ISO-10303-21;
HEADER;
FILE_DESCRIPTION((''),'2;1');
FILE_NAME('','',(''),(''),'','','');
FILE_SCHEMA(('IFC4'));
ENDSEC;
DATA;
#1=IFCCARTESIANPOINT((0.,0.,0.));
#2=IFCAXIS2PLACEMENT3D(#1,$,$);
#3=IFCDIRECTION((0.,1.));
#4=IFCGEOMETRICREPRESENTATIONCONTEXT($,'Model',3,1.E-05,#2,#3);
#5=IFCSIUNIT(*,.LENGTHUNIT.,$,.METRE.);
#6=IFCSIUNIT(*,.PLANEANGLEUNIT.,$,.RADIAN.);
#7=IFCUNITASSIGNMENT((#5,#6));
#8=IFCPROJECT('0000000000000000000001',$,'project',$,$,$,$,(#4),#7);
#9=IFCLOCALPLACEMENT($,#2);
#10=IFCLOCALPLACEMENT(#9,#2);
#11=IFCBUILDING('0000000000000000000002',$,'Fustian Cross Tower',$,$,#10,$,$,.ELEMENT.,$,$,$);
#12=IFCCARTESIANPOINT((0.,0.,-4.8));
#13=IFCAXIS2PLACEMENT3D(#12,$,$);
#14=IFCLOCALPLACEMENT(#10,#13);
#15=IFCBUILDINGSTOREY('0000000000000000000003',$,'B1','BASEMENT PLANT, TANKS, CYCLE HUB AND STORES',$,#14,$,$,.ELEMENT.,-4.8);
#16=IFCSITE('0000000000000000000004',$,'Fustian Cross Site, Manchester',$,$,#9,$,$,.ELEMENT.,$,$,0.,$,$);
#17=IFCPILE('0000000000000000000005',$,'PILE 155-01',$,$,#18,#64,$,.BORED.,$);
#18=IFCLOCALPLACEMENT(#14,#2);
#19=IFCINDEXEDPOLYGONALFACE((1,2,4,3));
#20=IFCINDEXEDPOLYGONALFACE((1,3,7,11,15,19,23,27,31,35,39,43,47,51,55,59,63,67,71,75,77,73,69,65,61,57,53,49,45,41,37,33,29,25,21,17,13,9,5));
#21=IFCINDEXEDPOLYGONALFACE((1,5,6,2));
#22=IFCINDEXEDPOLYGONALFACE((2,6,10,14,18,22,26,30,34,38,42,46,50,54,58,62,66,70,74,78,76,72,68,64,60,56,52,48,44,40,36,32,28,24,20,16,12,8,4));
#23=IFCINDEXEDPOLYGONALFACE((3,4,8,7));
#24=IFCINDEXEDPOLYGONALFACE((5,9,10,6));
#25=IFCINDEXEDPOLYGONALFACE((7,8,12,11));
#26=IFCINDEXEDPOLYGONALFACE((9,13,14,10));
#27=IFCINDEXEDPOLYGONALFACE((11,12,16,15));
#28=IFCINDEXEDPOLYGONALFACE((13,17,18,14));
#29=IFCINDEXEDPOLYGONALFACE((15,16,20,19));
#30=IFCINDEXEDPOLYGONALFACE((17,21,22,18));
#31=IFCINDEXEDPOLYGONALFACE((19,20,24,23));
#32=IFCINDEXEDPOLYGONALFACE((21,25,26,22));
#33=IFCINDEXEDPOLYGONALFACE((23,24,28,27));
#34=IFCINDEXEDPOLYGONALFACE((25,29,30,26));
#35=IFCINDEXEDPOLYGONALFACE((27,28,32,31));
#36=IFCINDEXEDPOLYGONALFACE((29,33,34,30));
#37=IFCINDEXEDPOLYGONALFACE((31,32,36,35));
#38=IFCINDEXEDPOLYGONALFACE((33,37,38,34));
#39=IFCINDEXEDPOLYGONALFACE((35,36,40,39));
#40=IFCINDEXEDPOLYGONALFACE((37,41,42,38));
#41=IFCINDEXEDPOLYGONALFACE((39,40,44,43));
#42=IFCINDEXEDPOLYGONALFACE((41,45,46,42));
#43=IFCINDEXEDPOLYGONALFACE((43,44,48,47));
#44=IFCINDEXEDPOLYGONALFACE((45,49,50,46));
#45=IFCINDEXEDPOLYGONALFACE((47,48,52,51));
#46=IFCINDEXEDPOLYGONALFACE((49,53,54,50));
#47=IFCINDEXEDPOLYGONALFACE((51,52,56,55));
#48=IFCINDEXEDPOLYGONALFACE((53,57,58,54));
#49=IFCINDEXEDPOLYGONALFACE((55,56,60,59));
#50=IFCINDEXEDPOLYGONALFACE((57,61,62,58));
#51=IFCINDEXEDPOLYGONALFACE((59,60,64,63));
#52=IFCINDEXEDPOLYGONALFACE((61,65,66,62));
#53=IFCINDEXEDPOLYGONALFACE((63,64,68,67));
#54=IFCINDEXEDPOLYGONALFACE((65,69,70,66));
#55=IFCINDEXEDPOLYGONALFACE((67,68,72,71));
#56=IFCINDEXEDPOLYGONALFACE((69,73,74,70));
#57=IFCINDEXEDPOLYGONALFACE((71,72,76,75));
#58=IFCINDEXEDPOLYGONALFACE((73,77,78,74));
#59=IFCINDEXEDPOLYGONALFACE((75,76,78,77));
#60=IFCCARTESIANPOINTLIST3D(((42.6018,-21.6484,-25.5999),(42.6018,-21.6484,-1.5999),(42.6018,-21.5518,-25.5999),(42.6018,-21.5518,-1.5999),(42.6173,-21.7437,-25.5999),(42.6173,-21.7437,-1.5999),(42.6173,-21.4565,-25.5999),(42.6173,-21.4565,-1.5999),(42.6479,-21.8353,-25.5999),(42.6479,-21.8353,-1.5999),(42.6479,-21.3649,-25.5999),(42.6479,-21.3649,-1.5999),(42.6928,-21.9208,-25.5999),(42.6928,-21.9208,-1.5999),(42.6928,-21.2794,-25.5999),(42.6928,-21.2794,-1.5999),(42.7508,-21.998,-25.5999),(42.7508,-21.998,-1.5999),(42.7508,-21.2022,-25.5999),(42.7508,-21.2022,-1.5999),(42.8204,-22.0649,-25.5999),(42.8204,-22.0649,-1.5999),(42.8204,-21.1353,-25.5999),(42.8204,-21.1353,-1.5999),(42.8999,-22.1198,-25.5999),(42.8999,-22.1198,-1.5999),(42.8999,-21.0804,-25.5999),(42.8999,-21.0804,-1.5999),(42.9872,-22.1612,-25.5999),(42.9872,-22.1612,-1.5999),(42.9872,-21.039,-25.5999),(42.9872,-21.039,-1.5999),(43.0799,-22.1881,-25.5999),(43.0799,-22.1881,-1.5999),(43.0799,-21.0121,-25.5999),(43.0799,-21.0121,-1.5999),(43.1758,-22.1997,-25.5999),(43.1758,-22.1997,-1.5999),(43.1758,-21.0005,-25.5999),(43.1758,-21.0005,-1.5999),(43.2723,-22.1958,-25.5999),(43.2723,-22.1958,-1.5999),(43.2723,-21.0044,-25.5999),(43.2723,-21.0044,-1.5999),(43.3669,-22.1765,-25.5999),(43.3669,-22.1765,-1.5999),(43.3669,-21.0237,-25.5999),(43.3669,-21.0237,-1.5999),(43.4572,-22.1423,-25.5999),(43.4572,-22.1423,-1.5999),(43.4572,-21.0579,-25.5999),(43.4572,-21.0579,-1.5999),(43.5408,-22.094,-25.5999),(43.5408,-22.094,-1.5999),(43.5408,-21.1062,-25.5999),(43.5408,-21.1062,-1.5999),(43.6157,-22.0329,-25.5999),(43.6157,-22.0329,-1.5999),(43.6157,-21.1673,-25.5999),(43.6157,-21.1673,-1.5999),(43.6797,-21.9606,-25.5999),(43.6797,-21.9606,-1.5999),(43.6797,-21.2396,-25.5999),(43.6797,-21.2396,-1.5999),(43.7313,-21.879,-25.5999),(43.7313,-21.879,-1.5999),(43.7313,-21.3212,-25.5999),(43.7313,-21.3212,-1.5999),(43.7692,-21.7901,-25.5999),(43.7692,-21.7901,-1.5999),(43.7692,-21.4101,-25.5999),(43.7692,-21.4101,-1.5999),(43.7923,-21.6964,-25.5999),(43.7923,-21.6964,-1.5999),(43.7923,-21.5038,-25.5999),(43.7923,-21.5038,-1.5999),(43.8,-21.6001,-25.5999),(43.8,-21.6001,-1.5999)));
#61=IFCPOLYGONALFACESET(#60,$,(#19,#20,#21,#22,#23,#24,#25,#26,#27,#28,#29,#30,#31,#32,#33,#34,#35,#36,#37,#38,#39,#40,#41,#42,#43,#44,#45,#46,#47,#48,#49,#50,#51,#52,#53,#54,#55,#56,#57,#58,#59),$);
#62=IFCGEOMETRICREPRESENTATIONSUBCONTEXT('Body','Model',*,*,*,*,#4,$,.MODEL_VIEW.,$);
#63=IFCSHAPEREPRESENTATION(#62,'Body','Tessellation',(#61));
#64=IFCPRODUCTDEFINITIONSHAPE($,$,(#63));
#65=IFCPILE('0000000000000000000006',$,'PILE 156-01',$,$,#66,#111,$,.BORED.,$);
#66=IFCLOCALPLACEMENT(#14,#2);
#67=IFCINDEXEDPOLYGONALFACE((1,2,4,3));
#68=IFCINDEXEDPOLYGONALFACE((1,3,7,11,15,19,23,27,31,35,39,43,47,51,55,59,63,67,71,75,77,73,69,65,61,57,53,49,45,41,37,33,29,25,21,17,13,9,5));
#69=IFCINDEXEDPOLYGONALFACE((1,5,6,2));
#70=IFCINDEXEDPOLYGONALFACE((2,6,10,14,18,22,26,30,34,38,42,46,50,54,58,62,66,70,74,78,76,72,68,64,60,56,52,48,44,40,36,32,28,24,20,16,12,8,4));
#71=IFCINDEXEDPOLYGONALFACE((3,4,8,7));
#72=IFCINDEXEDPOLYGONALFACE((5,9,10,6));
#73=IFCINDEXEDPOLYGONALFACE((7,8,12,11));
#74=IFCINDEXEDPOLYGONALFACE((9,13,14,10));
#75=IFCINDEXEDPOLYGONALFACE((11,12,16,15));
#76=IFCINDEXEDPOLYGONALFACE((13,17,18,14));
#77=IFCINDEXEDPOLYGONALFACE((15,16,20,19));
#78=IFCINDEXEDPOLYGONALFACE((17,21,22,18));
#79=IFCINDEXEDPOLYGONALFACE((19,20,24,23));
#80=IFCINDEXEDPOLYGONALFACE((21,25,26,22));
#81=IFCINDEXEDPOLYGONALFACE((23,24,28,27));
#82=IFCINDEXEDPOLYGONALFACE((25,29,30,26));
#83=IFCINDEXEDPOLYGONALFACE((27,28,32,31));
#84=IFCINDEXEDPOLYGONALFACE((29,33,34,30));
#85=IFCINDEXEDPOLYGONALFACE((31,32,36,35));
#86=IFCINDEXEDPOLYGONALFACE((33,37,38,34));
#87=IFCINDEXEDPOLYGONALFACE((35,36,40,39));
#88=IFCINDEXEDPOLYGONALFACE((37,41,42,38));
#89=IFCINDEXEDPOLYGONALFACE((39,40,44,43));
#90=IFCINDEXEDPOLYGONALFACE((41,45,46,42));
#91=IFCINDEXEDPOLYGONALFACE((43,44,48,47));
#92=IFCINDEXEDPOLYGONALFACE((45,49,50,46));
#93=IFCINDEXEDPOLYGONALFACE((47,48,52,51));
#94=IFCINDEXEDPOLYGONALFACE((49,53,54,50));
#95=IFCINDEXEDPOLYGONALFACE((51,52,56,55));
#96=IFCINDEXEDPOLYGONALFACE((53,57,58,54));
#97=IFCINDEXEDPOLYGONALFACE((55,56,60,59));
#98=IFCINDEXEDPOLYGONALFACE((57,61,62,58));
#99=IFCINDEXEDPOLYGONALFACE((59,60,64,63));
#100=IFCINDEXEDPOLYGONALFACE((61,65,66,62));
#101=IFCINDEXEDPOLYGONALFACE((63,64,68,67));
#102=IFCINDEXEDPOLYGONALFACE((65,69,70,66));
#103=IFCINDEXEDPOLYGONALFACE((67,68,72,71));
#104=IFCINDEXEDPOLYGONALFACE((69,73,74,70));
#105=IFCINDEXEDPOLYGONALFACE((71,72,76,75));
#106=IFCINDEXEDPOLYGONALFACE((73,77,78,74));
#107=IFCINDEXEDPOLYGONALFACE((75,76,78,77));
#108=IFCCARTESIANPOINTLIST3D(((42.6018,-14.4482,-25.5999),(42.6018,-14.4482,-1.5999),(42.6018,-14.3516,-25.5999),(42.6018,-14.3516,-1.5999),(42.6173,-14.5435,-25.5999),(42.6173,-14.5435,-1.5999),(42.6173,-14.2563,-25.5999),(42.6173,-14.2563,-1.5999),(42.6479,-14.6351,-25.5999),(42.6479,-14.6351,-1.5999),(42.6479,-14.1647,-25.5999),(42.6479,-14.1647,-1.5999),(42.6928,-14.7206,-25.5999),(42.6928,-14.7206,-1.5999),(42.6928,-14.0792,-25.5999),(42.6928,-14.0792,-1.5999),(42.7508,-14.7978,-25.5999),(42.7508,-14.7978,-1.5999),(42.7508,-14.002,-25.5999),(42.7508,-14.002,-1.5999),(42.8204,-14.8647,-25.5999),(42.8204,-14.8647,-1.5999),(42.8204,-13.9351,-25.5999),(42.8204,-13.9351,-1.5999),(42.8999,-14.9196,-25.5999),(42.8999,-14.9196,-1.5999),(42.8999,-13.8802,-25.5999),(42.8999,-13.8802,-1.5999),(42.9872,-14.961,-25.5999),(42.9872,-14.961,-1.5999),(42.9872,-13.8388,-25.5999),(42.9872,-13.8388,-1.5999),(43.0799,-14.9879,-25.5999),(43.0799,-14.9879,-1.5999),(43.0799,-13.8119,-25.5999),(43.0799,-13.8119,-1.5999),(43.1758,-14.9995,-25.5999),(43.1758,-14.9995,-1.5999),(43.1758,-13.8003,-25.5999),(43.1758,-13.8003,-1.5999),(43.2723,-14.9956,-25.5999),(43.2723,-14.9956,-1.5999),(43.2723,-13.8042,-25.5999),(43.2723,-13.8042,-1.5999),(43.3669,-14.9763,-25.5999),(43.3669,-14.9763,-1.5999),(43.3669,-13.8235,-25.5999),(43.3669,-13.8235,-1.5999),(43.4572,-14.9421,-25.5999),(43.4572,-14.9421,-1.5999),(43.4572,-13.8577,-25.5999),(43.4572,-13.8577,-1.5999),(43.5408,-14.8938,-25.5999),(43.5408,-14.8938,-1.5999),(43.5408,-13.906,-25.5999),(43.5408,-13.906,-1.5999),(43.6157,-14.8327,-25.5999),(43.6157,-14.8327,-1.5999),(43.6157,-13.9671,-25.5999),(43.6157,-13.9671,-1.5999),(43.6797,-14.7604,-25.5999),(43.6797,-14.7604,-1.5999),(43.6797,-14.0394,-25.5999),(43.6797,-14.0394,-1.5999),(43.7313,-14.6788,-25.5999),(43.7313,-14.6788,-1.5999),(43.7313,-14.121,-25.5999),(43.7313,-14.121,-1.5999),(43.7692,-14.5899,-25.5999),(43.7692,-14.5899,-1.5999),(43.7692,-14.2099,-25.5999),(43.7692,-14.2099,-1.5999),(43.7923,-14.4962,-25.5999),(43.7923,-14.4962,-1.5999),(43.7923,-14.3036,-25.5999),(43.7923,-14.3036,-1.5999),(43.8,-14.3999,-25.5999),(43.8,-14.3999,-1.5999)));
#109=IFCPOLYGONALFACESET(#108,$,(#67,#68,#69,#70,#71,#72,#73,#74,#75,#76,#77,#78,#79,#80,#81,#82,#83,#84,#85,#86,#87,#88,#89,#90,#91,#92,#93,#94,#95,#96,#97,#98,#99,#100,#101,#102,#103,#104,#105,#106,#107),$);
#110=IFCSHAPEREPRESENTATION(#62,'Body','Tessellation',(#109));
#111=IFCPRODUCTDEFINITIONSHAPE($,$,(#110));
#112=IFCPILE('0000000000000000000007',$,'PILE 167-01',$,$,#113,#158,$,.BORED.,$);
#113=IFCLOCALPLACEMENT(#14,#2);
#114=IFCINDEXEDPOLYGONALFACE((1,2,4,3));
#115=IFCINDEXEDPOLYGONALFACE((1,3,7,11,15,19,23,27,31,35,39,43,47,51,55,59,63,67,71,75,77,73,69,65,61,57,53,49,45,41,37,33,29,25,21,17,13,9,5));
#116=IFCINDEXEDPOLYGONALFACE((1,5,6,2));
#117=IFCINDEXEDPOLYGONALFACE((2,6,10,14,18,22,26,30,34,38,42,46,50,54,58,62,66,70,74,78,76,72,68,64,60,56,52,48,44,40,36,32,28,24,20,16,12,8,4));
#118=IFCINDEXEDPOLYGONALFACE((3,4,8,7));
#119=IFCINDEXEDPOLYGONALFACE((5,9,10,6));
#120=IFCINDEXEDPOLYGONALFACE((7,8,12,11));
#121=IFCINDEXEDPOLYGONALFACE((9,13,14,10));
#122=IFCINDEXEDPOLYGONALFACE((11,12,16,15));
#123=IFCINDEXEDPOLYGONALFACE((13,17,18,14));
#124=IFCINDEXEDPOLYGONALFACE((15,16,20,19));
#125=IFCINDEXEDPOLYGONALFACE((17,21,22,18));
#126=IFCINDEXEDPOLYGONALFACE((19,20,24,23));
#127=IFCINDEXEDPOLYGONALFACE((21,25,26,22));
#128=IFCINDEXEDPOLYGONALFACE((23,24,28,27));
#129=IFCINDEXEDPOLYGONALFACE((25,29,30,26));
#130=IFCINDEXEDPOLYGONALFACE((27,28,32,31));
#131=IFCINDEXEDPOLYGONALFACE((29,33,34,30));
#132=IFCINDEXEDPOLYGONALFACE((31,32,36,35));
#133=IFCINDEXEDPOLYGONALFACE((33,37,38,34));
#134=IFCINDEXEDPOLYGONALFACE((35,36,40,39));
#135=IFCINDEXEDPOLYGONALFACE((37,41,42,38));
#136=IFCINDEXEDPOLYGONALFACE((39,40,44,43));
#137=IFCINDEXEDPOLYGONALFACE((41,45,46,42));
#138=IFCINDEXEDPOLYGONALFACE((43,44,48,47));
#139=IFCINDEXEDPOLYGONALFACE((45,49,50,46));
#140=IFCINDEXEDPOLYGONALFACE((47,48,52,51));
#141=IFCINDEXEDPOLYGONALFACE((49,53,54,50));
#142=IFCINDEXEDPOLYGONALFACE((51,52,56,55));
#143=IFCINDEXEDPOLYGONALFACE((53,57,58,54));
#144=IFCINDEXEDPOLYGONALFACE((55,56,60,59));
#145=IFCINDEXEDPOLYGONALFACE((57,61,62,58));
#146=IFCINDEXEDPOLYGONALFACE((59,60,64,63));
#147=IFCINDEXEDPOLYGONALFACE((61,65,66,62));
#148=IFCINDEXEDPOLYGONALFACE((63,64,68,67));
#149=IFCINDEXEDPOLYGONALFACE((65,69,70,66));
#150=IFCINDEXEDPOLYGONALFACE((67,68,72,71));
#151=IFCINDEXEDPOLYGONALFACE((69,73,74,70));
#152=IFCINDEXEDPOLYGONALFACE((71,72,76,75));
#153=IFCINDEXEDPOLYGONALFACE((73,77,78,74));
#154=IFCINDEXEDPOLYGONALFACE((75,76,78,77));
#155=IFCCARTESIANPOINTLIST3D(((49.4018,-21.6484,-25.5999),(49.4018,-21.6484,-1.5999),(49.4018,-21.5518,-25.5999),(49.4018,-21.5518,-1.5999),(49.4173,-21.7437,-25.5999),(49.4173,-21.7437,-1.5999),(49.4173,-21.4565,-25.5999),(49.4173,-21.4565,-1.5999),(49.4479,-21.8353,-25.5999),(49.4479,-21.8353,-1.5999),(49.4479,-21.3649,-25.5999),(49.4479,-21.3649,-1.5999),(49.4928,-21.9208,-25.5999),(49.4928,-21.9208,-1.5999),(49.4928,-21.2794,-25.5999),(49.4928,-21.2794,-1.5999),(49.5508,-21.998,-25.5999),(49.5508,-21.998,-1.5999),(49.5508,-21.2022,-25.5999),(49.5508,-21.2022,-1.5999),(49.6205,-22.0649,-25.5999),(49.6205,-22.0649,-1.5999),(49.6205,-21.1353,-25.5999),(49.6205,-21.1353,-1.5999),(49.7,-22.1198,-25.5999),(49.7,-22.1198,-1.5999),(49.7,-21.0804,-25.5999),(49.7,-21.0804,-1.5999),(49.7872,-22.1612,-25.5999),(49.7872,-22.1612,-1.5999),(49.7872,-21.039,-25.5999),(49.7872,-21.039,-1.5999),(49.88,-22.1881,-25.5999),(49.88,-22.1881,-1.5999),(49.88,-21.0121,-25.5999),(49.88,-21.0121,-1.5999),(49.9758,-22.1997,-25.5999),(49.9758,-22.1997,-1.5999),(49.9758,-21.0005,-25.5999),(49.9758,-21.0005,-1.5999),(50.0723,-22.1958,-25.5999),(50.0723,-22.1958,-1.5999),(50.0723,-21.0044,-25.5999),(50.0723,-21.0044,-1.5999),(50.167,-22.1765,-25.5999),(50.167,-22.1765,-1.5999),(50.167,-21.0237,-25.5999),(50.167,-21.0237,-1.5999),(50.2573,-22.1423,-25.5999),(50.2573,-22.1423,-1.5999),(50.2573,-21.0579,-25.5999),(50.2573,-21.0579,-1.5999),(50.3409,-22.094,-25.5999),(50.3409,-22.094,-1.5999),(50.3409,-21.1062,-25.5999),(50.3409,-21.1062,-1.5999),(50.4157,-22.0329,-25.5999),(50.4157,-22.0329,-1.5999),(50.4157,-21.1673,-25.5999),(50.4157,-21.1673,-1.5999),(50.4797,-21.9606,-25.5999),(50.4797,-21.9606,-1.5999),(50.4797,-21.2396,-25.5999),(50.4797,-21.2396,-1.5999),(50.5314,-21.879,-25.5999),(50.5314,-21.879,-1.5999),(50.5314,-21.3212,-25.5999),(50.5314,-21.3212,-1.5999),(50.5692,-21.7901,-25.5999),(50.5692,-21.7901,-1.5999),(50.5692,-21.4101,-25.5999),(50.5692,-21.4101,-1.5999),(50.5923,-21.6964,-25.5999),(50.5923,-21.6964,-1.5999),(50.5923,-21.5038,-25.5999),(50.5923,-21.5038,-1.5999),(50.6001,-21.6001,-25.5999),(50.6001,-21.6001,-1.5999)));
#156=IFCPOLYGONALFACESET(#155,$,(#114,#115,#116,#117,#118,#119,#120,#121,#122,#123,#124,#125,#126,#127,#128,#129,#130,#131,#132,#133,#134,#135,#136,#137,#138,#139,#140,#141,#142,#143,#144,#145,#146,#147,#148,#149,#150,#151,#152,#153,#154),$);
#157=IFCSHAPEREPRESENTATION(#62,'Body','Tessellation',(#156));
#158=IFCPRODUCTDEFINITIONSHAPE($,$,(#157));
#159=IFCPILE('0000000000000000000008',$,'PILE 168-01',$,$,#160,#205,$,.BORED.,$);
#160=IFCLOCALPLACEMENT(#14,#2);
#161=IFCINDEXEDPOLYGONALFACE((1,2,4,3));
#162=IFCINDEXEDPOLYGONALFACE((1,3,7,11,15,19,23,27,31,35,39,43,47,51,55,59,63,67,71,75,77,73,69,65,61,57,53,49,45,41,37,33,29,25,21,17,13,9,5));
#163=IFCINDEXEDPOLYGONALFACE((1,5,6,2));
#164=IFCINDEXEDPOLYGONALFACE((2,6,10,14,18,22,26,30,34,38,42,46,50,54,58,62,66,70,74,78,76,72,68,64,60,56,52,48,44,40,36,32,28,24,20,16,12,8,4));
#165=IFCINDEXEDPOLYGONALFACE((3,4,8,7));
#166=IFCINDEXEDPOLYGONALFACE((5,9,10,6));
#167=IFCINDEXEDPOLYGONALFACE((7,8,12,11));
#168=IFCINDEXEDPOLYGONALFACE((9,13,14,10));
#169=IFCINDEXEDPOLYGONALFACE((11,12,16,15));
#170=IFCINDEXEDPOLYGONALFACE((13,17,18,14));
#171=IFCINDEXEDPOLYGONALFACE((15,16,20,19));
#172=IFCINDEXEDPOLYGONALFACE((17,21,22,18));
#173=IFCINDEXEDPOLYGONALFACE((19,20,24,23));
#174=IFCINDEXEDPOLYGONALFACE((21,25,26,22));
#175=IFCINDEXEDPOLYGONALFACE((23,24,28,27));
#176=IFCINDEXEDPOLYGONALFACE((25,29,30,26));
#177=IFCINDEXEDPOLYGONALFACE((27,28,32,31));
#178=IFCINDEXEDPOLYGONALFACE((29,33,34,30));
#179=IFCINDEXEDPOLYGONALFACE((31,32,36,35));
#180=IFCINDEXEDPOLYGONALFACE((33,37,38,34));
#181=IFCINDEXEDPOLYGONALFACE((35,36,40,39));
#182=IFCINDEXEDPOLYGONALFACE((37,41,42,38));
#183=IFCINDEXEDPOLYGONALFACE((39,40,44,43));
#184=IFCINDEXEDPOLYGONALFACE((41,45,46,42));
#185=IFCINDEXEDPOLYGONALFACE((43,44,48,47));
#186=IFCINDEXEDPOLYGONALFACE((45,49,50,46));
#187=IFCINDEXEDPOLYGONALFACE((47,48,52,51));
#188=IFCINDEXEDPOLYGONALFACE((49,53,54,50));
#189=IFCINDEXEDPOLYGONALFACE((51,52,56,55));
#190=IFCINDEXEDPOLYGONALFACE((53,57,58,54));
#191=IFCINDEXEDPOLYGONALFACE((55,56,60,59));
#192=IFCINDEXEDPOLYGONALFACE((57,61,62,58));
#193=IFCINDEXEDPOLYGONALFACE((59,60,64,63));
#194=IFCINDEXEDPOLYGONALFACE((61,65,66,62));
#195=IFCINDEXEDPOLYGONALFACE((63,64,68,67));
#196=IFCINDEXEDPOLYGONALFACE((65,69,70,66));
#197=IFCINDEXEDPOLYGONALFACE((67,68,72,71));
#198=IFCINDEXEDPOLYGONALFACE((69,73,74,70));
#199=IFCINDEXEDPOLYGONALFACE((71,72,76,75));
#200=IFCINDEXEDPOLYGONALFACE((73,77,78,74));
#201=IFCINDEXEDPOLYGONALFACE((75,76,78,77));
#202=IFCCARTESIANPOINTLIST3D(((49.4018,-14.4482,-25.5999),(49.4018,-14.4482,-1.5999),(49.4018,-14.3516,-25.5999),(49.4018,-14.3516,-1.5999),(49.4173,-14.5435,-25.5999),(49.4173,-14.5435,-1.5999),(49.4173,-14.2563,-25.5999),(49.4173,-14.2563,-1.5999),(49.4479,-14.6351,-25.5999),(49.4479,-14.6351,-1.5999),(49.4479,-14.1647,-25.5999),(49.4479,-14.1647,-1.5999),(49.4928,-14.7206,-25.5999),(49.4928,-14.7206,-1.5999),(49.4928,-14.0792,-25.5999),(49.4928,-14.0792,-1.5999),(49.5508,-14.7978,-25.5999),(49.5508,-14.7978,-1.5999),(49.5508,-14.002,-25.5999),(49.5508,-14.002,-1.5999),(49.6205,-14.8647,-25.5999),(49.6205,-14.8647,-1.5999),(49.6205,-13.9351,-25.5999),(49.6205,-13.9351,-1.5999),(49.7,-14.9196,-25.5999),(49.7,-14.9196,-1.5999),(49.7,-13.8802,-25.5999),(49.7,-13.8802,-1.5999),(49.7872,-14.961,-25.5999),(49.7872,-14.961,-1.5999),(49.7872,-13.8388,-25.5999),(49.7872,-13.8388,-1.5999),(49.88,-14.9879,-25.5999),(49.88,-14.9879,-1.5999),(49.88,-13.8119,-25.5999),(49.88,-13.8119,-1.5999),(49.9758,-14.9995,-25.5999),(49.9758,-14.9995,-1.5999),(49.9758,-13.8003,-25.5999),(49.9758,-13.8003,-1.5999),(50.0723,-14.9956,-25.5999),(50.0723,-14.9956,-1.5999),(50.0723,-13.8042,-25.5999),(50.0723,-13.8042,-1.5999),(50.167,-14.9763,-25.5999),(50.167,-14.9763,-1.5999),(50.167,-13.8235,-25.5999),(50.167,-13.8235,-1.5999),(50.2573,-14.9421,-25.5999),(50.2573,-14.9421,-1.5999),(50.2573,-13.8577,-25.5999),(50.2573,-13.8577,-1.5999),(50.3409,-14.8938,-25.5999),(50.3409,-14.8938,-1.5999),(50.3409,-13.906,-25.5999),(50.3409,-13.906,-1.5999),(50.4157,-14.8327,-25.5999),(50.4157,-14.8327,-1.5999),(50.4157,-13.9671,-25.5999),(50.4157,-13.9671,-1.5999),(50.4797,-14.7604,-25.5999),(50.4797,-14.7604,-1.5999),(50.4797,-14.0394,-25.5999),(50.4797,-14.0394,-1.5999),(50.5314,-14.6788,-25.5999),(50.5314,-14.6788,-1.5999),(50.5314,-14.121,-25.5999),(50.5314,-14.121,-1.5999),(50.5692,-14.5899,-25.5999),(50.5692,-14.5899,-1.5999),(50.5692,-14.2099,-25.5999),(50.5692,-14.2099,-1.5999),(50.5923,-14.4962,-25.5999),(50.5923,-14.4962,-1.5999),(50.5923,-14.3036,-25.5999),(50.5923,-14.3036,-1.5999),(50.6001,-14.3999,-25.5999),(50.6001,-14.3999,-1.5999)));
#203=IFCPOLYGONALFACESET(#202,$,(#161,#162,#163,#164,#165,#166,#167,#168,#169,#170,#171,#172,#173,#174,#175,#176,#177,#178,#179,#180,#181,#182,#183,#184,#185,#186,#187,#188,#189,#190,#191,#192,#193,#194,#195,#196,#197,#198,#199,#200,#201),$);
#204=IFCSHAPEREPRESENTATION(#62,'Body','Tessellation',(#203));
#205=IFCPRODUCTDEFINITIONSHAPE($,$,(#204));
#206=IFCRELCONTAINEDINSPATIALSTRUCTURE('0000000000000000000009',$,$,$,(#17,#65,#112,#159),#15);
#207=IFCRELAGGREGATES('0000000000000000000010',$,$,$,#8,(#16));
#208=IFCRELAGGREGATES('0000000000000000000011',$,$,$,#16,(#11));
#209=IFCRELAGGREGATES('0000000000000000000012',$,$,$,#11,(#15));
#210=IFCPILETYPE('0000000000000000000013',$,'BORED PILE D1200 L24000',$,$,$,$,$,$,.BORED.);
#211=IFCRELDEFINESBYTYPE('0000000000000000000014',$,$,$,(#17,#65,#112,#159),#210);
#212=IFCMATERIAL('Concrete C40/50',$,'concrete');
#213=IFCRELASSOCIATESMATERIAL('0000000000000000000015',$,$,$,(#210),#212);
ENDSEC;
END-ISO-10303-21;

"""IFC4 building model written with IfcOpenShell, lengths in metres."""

from ifc_helpers import new_model, si_unit, direction, frame, origin, origin_2d, place, context, subcontext, project, spatial, circle, extrude, material, material_profile, profile_set, type_object, element, save


model = new_model("IFC4")

# Units and contexts
model_context = context("Model", 3, precision=1e-05, world=origin(), true_north=direction((0.0, 1.0)))
body_context = subcontext(model_context, "Body", "Model", "MODEL_VIEW")
ifc_project = project(units=[si_unit("LENGTHUNIT", "METRE"), si_unit("PLANEANGLEUNIT", "RADIAN")], contexts=[model_context])

# Site, building, storey
site_placement = place(None, origin())
site = spatial("IfcSite", under=ifc_project, at=site_placement, Name="Fustian Cross Site, Manchester", CompositionType="ELEMENT", RefElevation=0.0)
building_placement = place(site_placement, origin())
building = spatial("IfcBuilding", under=site, at=building_placement, Name="Fustian Cross Tower", CompositionType="ELEMENT")
storey_placement = place(building_placement, frame((0.0, 0.0, -4.8)))
storey = spatial("IfcBuildingStorey", under=building, at=storey_placement, Name="B1", Description="BASEMENT PLANT, TANKS, CYCLE HUB AND STORES", CompositionType="ELEMENT", Elevation=-4.8)

# Piles
ifc_material_1 = material(Name="Concrete C40/50", Category="concrete")
ifc_material_profile_1 = material_profile(ifc_material_1, circle(Radius=0.6001, at=origin_2d()), Name="BORED PILE D1200 L24000")
ifc_profile_set_1 = profile_set([ifc_material_profile_1], Name="Concrete C40/50")
pile_type_1 = type_object("IfcPileType", Name="BORED PILE D1200 L24000", PredefinedType="BORED", material=ifc_profile_set_1)
for number, where, z_axis, x_axis, name in (
    (1, (43.2, -21.6001, -1.5999), (0.0, 0.0, -1.0), (1.0, 0.0, 0.0), "PILE 155-01"),
    (2, (43.2, -14.3999, -1.5999), (0.0, 0.0, -1.0), (1.0, 0.0, 0.0), "PILE 156-01"),
    (3, (50.0, -21.6001, -1.5999), (0.0, 0.0, -1.0), (1.0, 0.0, 0.0), "PILE 167-01"),
    (4, (50.0, -14.3999, -1.5999), (0.0, 0.0, -1.0), (1.0, 0.0, 0.0), "PILE 168-01"),
):
    element("IfcPile", number, at=place(storey_placement, frame(where, z_axis=z_axis, x_axis=x_axis)), inside=storey, type_object=pile_type_1, Name=name, PredefinedType="BORED", context=body_context, shape_type="SweptSolid", body=[
        extrude(circle(Radius=0.6001, at=origin_2d()), origin(), (0.0, 0.0, 1.0), 24.0),
    ])

save(model, "model.ifc")
